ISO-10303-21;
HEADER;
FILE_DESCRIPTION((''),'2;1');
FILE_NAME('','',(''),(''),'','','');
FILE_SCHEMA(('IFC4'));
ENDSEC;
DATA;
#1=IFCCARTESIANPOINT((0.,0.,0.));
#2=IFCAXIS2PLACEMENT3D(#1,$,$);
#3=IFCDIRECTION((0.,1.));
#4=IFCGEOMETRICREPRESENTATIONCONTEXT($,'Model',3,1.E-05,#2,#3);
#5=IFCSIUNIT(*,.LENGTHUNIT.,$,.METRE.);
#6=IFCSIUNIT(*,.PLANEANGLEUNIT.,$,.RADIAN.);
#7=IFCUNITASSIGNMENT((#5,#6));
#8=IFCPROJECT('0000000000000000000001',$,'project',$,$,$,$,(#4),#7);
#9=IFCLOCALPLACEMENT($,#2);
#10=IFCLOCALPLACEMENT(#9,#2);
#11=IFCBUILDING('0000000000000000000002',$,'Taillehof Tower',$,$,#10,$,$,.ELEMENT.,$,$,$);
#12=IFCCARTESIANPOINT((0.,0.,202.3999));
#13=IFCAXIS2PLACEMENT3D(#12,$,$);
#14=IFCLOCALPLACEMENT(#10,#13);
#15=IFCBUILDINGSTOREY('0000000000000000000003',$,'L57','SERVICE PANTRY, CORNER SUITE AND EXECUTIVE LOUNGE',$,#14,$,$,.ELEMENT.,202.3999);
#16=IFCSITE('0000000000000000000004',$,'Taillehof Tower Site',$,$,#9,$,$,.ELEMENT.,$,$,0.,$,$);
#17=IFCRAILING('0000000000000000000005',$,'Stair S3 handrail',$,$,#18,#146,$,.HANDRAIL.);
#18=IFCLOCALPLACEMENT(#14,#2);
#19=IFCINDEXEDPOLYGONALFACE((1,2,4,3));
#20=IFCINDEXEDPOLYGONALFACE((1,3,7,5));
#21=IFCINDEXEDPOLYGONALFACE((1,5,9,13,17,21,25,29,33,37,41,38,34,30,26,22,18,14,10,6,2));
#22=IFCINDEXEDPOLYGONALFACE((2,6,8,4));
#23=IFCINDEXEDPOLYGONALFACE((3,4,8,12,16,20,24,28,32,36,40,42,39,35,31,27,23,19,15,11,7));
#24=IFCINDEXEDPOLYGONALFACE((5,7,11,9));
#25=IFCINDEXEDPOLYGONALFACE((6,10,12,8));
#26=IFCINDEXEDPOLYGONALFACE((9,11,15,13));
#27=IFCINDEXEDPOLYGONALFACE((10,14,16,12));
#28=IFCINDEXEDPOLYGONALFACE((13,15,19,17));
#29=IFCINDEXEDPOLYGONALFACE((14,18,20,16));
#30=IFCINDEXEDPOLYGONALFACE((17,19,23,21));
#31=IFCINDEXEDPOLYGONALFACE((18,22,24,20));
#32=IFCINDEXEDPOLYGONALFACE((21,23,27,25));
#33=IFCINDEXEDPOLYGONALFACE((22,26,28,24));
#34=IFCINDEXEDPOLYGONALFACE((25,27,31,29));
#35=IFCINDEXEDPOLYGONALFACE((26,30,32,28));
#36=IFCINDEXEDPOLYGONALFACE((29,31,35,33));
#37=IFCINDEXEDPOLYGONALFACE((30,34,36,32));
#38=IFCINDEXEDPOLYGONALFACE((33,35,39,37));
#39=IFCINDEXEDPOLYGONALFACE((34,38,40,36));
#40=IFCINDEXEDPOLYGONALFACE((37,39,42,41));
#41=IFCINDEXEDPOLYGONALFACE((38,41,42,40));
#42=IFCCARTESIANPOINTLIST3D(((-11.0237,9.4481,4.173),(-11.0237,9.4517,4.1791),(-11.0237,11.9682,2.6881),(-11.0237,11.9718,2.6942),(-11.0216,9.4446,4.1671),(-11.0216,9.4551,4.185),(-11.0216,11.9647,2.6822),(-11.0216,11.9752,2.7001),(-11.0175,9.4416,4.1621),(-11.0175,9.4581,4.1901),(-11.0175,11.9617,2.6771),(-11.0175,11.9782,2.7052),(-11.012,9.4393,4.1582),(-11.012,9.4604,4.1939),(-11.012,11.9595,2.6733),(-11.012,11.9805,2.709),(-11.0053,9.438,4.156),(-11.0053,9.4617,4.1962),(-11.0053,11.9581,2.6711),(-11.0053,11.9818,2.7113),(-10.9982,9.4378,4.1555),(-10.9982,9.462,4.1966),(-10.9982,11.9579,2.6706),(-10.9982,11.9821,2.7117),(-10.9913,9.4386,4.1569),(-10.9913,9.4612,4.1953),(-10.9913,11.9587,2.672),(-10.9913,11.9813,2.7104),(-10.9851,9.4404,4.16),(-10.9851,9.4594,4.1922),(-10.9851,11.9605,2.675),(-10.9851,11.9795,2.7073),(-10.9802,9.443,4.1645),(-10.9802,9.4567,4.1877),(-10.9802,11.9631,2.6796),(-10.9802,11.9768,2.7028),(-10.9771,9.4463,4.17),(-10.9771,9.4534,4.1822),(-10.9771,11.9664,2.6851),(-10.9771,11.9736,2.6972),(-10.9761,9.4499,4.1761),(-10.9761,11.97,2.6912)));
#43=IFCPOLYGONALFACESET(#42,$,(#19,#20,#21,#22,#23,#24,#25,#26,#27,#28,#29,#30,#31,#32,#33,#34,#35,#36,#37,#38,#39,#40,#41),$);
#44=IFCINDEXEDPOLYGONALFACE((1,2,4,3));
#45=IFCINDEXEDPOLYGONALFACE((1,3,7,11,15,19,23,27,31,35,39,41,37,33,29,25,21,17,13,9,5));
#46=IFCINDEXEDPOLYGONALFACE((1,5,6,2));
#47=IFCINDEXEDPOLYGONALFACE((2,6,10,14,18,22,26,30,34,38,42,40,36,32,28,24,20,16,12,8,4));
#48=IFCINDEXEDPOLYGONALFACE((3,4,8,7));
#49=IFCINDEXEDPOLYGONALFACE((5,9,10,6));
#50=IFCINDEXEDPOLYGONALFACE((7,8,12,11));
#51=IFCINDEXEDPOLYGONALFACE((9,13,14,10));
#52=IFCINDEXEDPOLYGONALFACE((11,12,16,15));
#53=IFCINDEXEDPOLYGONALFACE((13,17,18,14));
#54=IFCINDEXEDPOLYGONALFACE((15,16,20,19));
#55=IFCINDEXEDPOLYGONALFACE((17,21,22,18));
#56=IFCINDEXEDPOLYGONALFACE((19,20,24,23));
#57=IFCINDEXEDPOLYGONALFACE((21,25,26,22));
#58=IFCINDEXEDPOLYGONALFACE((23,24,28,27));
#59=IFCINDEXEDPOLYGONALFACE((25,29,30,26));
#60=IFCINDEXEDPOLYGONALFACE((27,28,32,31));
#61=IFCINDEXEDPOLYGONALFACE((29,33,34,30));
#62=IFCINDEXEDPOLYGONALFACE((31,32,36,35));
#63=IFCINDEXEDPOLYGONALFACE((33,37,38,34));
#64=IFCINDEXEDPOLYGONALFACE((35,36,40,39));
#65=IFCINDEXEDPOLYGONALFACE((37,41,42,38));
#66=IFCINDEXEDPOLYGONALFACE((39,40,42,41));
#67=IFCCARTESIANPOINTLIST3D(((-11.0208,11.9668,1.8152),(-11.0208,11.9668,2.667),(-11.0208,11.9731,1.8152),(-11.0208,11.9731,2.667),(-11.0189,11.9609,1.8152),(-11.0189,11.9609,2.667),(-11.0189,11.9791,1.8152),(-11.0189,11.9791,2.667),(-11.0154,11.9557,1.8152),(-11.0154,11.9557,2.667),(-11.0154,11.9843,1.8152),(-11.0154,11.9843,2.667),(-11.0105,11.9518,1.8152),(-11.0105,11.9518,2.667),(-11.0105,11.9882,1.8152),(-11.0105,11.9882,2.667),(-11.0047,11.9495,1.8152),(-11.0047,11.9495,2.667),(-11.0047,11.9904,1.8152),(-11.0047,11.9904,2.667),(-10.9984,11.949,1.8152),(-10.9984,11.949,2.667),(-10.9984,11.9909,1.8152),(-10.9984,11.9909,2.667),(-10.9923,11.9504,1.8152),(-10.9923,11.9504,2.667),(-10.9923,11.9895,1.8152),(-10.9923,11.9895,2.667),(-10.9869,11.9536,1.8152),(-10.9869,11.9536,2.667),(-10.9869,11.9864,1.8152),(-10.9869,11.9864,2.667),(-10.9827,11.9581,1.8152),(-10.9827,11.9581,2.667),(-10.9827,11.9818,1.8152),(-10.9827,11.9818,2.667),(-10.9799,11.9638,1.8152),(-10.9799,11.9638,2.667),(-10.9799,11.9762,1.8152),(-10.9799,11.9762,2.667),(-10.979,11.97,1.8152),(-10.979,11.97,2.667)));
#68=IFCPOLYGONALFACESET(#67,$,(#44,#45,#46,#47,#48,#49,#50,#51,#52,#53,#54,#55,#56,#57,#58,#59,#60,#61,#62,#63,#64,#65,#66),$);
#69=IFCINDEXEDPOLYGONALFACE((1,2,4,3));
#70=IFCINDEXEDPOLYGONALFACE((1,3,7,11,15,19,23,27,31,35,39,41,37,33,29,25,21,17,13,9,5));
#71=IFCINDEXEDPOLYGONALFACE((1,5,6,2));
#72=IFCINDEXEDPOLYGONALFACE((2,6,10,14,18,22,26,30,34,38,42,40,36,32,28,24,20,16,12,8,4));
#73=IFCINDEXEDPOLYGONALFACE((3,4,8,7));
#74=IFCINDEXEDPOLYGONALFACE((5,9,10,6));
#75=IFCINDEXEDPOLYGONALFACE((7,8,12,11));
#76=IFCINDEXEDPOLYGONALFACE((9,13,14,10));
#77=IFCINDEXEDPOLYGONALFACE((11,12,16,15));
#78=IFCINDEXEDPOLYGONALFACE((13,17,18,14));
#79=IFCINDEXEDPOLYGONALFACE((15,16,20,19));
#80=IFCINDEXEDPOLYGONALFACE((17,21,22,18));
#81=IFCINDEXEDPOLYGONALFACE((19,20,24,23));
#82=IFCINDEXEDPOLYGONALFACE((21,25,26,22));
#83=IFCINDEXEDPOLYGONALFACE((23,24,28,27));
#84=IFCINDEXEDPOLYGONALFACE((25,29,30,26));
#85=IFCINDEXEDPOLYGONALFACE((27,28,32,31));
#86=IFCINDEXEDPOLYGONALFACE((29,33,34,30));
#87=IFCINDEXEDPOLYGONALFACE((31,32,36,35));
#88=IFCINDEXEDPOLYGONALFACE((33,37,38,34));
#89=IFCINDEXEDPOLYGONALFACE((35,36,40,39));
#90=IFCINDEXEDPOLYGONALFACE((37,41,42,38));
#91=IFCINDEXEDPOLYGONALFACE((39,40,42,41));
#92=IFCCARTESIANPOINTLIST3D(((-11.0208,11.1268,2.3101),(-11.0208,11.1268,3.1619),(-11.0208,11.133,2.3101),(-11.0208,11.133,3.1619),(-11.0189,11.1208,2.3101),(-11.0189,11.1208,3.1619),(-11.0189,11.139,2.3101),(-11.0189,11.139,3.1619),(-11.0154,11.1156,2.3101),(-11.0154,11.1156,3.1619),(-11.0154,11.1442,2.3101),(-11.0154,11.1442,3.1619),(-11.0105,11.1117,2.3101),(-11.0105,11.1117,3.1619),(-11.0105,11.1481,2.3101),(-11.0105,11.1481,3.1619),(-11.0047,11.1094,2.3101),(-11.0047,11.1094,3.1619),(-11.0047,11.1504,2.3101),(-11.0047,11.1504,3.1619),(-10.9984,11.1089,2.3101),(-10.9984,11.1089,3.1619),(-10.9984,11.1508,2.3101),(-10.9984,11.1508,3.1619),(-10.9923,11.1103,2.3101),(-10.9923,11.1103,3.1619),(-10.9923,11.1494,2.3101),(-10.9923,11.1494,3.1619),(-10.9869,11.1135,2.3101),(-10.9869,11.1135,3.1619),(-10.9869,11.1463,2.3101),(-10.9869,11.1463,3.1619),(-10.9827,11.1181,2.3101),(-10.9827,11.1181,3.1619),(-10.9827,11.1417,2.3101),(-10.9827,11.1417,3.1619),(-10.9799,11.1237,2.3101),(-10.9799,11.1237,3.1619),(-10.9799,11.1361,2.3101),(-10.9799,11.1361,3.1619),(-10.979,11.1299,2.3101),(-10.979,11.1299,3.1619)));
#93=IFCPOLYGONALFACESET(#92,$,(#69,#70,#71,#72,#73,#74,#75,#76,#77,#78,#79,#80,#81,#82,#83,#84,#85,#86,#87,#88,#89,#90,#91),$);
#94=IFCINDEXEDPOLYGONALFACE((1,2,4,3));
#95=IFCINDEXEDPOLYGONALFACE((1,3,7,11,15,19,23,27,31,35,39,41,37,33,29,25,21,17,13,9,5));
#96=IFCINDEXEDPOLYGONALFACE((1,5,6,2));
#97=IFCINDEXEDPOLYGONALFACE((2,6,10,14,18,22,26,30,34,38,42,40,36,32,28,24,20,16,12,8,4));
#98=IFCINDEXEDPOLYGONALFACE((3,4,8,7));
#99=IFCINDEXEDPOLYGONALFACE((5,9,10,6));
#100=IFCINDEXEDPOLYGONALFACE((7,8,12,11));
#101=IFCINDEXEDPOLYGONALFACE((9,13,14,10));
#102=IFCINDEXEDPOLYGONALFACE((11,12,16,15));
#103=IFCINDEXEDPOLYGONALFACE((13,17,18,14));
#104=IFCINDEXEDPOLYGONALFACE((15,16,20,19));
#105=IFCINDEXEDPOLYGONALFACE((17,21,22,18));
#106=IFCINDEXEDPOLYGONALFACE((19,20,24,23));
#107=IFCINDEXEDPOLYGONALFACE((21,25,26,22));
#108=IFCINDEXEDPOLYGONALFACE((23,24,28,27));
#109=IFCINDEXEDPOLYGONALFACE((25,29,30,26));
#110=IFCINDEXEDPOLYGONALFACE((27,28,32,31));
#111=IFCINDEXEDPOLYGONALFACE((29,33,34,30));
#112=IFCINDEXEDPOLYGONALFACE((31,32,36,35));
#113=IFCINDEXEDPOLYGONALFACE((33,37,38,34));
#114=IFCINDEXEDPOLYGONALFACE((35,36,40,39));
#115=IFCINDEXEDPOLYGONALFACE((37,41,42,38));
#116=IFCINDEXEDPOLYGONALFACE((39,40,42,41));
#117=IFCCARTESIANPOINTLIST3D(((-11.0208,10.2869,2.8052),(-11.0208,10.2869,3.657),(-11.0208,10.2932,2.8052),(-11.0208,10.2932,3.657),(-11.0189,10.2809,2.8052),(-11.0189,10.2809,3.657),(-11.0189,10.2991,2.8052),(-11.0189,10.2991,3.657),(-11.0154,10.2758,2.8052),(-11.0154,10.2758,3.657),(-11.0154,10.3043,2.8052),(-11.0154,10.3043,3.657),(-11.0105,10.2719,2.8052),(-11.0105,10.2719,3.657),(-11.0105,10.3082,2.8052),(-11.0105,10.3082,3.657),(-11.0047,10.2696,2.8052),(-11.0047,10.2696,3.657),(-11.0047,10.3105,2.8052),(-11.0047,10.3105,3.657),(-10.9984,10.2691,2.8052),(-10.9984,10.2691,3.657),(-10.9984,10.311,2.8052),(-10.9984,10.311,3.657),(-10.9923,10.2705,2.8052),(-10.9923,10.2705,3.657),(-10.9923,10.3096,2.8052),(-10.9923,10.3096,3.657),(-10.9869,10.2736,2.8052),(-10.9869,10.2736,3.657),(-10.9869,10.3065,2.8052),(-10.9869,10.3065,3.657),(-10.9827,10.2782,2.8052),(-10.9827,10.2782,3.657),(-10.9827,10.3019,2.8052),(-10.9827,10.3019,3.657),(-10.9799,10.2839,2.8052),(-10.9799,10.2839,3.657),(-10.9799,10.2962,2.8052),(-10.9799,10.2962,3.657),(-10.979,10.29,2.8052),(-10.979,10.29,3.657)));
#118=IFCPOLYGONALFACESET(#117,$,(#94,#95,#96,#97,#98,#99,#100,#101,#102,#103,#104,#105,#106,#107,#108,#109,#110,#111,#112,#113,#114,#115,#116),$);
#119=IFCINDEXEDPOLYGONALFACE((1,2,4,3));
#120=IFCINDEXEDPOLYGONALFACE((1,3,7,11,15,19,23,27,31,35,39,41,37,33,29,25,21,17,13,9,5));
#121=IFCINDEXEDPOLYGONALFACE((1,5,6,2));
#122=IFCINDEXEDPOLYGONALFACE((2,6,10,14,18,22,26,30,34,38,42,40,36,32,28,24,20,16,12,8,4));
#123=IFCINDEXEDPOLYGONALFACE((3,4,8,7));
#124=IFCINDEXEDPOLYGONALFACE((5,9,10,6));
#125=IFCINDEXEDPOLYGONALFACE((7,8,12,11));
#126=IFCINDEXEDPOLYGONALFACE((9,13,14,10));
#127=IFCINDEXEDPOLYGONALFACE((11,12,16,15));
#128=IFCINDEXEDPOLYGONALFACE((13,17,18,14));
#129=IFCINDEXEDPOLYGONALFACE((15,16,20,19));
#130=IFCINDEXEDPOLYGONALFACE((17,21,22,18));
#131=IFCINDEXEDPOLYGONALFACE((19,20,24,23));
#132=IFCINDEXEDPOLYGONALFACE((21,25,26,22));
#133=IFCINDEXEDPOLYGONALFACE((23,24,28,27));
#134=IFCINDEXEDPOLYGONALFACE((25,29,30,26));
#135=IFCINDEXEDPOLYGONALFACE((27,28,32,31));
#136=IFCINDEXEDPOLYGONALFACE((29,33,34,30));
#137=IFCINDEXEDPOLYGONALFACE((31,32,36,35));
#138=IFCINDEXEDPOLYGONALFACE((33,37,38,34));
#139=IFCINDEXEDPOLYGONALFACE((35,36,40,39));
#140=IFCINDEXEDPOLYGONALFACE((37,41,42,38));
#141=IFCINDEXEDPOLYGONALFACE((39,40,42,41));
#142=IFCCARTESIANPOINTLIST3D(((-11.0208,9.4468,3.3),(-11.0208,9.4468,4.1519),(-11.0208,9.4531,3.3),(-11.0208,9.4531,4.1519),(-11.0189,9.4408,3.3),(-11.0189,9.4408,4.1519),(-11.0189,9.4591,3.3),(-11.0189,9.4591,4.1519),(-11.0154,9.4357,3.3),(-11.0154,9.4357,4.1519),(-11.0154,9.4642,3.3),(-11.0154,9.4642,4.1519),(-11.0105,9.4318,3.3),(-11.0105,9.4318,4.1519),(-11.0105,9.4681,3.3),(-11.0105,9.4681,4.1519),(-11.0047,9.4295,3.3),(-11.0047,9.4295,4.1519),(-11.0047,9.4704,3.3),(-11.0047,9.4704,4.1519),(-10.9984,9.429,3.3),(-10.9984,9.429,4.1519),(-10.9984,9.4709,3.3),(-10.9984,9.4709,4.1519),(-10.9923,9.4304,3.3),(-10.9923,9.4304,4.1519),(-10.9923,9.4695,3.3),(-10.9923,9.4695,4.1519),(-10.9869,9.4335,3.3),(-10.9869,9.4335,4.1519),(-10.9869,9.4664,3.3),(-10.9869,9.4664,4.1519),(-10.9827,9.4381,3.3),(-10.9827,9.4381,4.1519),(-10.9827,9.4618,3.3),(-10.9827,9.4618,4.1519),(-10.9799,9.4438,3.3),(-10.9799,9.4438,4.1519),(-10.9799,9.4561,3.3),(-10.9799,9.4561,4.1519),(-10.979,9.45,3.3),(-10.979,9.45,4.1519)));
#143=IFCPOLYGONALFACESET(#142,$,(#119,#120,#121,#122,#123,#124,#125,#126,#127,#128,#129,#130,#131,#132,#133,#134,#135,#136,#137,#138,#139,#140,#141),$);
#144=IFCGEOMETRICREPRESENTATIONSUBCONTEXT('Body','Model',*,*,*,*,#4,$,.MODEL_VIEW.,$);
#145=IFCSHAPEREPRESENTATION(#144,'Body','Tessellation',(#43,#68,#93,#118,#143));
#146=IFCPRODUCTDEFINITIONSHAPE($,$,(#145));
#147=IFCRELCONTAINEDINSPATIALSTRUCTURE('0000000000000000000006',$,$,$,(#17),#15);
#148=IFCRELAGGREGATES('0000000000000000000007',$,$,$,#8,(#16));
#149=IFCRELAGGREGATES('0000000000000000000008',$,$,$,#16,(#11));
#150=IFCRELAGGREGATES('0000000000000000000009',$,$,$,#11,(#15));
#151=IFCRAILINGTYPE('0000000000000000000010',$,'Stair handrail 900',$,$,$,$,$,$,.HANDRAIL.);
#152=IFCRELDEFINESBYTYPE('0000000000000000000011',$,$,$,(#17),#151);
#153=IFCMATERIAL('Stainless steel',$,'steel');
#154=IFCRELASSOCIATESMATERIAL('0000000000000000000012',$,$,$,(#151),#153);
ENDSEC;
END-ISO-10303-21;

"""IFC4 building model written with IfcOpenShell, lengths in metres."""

from ifc_helpers import new_model, si_unit, direction, frame, origin, origin_2d, place, context, subcontext, project, spatial, circle, extrude, material, type_object, element, save


model = new_model("IFC4")

# Units and contexts
model_context = context("Model", 3, precision=1e-05, world=origin(), true_north=direction((0.0, 1.0)))
body_context = subcontext(model_context, "Body", "Model", "MODEL_VIEW")
ifc_project = project(units=[si_unit("LENGTHUNIT", "METRE"), si_unit("PLANEANGLEUNIT", "RADIAN")], contexts=[model_context])

# Site, building, storey
site_placement = place(None, origin())
site = spatial("IfcSite", under=ifc_project, at=site_placement, Name="Taillehof Tower Site", CompositionType="ELEMENT", RefElevation=0.0)
building_placement = place(site_placement, origin())
building = spatial("IfcBuilding", under=site, at=building_placement, Name="Taillehof Tower", CompositionType="ELEMENT")
storey_placement = place(building_placement, frame((0.0, 0.0, 202.3999)))
storey = spatial("IfcBuildingStorey", under=building, at=storey_placement, Name="L57", Description="SERVICE PANTRY, CORNER SUITE AND EXECUTIVE LOUNGE", CompositionType="ELEMENT", Elevation=202.3999)

# Railing
ifc_material_1 = material(Name="Stainless steel", Category="steel")
railing_type = type_object("IfcRailingType", Name="Stair handrail 900", PredefinedType="HANDRAIL", material=ifc_material_1)
railing_placement = place(storey_placement, frame((-11.0, 11.97, 1.8152)))
element("IfcRailing", 1, at=railing_placement, inside=storey, type_object=railing_type, Name="Stair S3 handrail", PredefinedType="HANDRAIL", context=body_context, shape_type="SweptSolid", body=[
    extrude(circle(Radius=0.0239, at=origin_2d()), frame((0.0, 0.0, 0.876), z_axis=(0.0, -0.861561, 0.507655), x_axis=(1.0, 0.0, 0.0)), (0.0, 0.0, 1.0), 2.925),
    extrude(circle(Radius=0.021, at=origin_2d()), origin(), (0.0, 0.0, 1.0), 0.8518),
    extrude(circle(Radius=0.021, at=origin_2d()), frame((0.0, -0.8401, 0.4949)), (0.0, 0.0, 1.0), 0.8518),
    extrude(circle(Radius=0.021, at=origin_2d()), frame((0.0, -1.6799, 0.99)), (0.0, 0.0, 1.0), 0.8518),
    extrude(circle(Radius=0.021, at=origin_2d()), frame((0.0, -2.52, 1.4849)), (0.0, 0.0, 1.0), 0.8518),
])

save(model, "model.ifc")
